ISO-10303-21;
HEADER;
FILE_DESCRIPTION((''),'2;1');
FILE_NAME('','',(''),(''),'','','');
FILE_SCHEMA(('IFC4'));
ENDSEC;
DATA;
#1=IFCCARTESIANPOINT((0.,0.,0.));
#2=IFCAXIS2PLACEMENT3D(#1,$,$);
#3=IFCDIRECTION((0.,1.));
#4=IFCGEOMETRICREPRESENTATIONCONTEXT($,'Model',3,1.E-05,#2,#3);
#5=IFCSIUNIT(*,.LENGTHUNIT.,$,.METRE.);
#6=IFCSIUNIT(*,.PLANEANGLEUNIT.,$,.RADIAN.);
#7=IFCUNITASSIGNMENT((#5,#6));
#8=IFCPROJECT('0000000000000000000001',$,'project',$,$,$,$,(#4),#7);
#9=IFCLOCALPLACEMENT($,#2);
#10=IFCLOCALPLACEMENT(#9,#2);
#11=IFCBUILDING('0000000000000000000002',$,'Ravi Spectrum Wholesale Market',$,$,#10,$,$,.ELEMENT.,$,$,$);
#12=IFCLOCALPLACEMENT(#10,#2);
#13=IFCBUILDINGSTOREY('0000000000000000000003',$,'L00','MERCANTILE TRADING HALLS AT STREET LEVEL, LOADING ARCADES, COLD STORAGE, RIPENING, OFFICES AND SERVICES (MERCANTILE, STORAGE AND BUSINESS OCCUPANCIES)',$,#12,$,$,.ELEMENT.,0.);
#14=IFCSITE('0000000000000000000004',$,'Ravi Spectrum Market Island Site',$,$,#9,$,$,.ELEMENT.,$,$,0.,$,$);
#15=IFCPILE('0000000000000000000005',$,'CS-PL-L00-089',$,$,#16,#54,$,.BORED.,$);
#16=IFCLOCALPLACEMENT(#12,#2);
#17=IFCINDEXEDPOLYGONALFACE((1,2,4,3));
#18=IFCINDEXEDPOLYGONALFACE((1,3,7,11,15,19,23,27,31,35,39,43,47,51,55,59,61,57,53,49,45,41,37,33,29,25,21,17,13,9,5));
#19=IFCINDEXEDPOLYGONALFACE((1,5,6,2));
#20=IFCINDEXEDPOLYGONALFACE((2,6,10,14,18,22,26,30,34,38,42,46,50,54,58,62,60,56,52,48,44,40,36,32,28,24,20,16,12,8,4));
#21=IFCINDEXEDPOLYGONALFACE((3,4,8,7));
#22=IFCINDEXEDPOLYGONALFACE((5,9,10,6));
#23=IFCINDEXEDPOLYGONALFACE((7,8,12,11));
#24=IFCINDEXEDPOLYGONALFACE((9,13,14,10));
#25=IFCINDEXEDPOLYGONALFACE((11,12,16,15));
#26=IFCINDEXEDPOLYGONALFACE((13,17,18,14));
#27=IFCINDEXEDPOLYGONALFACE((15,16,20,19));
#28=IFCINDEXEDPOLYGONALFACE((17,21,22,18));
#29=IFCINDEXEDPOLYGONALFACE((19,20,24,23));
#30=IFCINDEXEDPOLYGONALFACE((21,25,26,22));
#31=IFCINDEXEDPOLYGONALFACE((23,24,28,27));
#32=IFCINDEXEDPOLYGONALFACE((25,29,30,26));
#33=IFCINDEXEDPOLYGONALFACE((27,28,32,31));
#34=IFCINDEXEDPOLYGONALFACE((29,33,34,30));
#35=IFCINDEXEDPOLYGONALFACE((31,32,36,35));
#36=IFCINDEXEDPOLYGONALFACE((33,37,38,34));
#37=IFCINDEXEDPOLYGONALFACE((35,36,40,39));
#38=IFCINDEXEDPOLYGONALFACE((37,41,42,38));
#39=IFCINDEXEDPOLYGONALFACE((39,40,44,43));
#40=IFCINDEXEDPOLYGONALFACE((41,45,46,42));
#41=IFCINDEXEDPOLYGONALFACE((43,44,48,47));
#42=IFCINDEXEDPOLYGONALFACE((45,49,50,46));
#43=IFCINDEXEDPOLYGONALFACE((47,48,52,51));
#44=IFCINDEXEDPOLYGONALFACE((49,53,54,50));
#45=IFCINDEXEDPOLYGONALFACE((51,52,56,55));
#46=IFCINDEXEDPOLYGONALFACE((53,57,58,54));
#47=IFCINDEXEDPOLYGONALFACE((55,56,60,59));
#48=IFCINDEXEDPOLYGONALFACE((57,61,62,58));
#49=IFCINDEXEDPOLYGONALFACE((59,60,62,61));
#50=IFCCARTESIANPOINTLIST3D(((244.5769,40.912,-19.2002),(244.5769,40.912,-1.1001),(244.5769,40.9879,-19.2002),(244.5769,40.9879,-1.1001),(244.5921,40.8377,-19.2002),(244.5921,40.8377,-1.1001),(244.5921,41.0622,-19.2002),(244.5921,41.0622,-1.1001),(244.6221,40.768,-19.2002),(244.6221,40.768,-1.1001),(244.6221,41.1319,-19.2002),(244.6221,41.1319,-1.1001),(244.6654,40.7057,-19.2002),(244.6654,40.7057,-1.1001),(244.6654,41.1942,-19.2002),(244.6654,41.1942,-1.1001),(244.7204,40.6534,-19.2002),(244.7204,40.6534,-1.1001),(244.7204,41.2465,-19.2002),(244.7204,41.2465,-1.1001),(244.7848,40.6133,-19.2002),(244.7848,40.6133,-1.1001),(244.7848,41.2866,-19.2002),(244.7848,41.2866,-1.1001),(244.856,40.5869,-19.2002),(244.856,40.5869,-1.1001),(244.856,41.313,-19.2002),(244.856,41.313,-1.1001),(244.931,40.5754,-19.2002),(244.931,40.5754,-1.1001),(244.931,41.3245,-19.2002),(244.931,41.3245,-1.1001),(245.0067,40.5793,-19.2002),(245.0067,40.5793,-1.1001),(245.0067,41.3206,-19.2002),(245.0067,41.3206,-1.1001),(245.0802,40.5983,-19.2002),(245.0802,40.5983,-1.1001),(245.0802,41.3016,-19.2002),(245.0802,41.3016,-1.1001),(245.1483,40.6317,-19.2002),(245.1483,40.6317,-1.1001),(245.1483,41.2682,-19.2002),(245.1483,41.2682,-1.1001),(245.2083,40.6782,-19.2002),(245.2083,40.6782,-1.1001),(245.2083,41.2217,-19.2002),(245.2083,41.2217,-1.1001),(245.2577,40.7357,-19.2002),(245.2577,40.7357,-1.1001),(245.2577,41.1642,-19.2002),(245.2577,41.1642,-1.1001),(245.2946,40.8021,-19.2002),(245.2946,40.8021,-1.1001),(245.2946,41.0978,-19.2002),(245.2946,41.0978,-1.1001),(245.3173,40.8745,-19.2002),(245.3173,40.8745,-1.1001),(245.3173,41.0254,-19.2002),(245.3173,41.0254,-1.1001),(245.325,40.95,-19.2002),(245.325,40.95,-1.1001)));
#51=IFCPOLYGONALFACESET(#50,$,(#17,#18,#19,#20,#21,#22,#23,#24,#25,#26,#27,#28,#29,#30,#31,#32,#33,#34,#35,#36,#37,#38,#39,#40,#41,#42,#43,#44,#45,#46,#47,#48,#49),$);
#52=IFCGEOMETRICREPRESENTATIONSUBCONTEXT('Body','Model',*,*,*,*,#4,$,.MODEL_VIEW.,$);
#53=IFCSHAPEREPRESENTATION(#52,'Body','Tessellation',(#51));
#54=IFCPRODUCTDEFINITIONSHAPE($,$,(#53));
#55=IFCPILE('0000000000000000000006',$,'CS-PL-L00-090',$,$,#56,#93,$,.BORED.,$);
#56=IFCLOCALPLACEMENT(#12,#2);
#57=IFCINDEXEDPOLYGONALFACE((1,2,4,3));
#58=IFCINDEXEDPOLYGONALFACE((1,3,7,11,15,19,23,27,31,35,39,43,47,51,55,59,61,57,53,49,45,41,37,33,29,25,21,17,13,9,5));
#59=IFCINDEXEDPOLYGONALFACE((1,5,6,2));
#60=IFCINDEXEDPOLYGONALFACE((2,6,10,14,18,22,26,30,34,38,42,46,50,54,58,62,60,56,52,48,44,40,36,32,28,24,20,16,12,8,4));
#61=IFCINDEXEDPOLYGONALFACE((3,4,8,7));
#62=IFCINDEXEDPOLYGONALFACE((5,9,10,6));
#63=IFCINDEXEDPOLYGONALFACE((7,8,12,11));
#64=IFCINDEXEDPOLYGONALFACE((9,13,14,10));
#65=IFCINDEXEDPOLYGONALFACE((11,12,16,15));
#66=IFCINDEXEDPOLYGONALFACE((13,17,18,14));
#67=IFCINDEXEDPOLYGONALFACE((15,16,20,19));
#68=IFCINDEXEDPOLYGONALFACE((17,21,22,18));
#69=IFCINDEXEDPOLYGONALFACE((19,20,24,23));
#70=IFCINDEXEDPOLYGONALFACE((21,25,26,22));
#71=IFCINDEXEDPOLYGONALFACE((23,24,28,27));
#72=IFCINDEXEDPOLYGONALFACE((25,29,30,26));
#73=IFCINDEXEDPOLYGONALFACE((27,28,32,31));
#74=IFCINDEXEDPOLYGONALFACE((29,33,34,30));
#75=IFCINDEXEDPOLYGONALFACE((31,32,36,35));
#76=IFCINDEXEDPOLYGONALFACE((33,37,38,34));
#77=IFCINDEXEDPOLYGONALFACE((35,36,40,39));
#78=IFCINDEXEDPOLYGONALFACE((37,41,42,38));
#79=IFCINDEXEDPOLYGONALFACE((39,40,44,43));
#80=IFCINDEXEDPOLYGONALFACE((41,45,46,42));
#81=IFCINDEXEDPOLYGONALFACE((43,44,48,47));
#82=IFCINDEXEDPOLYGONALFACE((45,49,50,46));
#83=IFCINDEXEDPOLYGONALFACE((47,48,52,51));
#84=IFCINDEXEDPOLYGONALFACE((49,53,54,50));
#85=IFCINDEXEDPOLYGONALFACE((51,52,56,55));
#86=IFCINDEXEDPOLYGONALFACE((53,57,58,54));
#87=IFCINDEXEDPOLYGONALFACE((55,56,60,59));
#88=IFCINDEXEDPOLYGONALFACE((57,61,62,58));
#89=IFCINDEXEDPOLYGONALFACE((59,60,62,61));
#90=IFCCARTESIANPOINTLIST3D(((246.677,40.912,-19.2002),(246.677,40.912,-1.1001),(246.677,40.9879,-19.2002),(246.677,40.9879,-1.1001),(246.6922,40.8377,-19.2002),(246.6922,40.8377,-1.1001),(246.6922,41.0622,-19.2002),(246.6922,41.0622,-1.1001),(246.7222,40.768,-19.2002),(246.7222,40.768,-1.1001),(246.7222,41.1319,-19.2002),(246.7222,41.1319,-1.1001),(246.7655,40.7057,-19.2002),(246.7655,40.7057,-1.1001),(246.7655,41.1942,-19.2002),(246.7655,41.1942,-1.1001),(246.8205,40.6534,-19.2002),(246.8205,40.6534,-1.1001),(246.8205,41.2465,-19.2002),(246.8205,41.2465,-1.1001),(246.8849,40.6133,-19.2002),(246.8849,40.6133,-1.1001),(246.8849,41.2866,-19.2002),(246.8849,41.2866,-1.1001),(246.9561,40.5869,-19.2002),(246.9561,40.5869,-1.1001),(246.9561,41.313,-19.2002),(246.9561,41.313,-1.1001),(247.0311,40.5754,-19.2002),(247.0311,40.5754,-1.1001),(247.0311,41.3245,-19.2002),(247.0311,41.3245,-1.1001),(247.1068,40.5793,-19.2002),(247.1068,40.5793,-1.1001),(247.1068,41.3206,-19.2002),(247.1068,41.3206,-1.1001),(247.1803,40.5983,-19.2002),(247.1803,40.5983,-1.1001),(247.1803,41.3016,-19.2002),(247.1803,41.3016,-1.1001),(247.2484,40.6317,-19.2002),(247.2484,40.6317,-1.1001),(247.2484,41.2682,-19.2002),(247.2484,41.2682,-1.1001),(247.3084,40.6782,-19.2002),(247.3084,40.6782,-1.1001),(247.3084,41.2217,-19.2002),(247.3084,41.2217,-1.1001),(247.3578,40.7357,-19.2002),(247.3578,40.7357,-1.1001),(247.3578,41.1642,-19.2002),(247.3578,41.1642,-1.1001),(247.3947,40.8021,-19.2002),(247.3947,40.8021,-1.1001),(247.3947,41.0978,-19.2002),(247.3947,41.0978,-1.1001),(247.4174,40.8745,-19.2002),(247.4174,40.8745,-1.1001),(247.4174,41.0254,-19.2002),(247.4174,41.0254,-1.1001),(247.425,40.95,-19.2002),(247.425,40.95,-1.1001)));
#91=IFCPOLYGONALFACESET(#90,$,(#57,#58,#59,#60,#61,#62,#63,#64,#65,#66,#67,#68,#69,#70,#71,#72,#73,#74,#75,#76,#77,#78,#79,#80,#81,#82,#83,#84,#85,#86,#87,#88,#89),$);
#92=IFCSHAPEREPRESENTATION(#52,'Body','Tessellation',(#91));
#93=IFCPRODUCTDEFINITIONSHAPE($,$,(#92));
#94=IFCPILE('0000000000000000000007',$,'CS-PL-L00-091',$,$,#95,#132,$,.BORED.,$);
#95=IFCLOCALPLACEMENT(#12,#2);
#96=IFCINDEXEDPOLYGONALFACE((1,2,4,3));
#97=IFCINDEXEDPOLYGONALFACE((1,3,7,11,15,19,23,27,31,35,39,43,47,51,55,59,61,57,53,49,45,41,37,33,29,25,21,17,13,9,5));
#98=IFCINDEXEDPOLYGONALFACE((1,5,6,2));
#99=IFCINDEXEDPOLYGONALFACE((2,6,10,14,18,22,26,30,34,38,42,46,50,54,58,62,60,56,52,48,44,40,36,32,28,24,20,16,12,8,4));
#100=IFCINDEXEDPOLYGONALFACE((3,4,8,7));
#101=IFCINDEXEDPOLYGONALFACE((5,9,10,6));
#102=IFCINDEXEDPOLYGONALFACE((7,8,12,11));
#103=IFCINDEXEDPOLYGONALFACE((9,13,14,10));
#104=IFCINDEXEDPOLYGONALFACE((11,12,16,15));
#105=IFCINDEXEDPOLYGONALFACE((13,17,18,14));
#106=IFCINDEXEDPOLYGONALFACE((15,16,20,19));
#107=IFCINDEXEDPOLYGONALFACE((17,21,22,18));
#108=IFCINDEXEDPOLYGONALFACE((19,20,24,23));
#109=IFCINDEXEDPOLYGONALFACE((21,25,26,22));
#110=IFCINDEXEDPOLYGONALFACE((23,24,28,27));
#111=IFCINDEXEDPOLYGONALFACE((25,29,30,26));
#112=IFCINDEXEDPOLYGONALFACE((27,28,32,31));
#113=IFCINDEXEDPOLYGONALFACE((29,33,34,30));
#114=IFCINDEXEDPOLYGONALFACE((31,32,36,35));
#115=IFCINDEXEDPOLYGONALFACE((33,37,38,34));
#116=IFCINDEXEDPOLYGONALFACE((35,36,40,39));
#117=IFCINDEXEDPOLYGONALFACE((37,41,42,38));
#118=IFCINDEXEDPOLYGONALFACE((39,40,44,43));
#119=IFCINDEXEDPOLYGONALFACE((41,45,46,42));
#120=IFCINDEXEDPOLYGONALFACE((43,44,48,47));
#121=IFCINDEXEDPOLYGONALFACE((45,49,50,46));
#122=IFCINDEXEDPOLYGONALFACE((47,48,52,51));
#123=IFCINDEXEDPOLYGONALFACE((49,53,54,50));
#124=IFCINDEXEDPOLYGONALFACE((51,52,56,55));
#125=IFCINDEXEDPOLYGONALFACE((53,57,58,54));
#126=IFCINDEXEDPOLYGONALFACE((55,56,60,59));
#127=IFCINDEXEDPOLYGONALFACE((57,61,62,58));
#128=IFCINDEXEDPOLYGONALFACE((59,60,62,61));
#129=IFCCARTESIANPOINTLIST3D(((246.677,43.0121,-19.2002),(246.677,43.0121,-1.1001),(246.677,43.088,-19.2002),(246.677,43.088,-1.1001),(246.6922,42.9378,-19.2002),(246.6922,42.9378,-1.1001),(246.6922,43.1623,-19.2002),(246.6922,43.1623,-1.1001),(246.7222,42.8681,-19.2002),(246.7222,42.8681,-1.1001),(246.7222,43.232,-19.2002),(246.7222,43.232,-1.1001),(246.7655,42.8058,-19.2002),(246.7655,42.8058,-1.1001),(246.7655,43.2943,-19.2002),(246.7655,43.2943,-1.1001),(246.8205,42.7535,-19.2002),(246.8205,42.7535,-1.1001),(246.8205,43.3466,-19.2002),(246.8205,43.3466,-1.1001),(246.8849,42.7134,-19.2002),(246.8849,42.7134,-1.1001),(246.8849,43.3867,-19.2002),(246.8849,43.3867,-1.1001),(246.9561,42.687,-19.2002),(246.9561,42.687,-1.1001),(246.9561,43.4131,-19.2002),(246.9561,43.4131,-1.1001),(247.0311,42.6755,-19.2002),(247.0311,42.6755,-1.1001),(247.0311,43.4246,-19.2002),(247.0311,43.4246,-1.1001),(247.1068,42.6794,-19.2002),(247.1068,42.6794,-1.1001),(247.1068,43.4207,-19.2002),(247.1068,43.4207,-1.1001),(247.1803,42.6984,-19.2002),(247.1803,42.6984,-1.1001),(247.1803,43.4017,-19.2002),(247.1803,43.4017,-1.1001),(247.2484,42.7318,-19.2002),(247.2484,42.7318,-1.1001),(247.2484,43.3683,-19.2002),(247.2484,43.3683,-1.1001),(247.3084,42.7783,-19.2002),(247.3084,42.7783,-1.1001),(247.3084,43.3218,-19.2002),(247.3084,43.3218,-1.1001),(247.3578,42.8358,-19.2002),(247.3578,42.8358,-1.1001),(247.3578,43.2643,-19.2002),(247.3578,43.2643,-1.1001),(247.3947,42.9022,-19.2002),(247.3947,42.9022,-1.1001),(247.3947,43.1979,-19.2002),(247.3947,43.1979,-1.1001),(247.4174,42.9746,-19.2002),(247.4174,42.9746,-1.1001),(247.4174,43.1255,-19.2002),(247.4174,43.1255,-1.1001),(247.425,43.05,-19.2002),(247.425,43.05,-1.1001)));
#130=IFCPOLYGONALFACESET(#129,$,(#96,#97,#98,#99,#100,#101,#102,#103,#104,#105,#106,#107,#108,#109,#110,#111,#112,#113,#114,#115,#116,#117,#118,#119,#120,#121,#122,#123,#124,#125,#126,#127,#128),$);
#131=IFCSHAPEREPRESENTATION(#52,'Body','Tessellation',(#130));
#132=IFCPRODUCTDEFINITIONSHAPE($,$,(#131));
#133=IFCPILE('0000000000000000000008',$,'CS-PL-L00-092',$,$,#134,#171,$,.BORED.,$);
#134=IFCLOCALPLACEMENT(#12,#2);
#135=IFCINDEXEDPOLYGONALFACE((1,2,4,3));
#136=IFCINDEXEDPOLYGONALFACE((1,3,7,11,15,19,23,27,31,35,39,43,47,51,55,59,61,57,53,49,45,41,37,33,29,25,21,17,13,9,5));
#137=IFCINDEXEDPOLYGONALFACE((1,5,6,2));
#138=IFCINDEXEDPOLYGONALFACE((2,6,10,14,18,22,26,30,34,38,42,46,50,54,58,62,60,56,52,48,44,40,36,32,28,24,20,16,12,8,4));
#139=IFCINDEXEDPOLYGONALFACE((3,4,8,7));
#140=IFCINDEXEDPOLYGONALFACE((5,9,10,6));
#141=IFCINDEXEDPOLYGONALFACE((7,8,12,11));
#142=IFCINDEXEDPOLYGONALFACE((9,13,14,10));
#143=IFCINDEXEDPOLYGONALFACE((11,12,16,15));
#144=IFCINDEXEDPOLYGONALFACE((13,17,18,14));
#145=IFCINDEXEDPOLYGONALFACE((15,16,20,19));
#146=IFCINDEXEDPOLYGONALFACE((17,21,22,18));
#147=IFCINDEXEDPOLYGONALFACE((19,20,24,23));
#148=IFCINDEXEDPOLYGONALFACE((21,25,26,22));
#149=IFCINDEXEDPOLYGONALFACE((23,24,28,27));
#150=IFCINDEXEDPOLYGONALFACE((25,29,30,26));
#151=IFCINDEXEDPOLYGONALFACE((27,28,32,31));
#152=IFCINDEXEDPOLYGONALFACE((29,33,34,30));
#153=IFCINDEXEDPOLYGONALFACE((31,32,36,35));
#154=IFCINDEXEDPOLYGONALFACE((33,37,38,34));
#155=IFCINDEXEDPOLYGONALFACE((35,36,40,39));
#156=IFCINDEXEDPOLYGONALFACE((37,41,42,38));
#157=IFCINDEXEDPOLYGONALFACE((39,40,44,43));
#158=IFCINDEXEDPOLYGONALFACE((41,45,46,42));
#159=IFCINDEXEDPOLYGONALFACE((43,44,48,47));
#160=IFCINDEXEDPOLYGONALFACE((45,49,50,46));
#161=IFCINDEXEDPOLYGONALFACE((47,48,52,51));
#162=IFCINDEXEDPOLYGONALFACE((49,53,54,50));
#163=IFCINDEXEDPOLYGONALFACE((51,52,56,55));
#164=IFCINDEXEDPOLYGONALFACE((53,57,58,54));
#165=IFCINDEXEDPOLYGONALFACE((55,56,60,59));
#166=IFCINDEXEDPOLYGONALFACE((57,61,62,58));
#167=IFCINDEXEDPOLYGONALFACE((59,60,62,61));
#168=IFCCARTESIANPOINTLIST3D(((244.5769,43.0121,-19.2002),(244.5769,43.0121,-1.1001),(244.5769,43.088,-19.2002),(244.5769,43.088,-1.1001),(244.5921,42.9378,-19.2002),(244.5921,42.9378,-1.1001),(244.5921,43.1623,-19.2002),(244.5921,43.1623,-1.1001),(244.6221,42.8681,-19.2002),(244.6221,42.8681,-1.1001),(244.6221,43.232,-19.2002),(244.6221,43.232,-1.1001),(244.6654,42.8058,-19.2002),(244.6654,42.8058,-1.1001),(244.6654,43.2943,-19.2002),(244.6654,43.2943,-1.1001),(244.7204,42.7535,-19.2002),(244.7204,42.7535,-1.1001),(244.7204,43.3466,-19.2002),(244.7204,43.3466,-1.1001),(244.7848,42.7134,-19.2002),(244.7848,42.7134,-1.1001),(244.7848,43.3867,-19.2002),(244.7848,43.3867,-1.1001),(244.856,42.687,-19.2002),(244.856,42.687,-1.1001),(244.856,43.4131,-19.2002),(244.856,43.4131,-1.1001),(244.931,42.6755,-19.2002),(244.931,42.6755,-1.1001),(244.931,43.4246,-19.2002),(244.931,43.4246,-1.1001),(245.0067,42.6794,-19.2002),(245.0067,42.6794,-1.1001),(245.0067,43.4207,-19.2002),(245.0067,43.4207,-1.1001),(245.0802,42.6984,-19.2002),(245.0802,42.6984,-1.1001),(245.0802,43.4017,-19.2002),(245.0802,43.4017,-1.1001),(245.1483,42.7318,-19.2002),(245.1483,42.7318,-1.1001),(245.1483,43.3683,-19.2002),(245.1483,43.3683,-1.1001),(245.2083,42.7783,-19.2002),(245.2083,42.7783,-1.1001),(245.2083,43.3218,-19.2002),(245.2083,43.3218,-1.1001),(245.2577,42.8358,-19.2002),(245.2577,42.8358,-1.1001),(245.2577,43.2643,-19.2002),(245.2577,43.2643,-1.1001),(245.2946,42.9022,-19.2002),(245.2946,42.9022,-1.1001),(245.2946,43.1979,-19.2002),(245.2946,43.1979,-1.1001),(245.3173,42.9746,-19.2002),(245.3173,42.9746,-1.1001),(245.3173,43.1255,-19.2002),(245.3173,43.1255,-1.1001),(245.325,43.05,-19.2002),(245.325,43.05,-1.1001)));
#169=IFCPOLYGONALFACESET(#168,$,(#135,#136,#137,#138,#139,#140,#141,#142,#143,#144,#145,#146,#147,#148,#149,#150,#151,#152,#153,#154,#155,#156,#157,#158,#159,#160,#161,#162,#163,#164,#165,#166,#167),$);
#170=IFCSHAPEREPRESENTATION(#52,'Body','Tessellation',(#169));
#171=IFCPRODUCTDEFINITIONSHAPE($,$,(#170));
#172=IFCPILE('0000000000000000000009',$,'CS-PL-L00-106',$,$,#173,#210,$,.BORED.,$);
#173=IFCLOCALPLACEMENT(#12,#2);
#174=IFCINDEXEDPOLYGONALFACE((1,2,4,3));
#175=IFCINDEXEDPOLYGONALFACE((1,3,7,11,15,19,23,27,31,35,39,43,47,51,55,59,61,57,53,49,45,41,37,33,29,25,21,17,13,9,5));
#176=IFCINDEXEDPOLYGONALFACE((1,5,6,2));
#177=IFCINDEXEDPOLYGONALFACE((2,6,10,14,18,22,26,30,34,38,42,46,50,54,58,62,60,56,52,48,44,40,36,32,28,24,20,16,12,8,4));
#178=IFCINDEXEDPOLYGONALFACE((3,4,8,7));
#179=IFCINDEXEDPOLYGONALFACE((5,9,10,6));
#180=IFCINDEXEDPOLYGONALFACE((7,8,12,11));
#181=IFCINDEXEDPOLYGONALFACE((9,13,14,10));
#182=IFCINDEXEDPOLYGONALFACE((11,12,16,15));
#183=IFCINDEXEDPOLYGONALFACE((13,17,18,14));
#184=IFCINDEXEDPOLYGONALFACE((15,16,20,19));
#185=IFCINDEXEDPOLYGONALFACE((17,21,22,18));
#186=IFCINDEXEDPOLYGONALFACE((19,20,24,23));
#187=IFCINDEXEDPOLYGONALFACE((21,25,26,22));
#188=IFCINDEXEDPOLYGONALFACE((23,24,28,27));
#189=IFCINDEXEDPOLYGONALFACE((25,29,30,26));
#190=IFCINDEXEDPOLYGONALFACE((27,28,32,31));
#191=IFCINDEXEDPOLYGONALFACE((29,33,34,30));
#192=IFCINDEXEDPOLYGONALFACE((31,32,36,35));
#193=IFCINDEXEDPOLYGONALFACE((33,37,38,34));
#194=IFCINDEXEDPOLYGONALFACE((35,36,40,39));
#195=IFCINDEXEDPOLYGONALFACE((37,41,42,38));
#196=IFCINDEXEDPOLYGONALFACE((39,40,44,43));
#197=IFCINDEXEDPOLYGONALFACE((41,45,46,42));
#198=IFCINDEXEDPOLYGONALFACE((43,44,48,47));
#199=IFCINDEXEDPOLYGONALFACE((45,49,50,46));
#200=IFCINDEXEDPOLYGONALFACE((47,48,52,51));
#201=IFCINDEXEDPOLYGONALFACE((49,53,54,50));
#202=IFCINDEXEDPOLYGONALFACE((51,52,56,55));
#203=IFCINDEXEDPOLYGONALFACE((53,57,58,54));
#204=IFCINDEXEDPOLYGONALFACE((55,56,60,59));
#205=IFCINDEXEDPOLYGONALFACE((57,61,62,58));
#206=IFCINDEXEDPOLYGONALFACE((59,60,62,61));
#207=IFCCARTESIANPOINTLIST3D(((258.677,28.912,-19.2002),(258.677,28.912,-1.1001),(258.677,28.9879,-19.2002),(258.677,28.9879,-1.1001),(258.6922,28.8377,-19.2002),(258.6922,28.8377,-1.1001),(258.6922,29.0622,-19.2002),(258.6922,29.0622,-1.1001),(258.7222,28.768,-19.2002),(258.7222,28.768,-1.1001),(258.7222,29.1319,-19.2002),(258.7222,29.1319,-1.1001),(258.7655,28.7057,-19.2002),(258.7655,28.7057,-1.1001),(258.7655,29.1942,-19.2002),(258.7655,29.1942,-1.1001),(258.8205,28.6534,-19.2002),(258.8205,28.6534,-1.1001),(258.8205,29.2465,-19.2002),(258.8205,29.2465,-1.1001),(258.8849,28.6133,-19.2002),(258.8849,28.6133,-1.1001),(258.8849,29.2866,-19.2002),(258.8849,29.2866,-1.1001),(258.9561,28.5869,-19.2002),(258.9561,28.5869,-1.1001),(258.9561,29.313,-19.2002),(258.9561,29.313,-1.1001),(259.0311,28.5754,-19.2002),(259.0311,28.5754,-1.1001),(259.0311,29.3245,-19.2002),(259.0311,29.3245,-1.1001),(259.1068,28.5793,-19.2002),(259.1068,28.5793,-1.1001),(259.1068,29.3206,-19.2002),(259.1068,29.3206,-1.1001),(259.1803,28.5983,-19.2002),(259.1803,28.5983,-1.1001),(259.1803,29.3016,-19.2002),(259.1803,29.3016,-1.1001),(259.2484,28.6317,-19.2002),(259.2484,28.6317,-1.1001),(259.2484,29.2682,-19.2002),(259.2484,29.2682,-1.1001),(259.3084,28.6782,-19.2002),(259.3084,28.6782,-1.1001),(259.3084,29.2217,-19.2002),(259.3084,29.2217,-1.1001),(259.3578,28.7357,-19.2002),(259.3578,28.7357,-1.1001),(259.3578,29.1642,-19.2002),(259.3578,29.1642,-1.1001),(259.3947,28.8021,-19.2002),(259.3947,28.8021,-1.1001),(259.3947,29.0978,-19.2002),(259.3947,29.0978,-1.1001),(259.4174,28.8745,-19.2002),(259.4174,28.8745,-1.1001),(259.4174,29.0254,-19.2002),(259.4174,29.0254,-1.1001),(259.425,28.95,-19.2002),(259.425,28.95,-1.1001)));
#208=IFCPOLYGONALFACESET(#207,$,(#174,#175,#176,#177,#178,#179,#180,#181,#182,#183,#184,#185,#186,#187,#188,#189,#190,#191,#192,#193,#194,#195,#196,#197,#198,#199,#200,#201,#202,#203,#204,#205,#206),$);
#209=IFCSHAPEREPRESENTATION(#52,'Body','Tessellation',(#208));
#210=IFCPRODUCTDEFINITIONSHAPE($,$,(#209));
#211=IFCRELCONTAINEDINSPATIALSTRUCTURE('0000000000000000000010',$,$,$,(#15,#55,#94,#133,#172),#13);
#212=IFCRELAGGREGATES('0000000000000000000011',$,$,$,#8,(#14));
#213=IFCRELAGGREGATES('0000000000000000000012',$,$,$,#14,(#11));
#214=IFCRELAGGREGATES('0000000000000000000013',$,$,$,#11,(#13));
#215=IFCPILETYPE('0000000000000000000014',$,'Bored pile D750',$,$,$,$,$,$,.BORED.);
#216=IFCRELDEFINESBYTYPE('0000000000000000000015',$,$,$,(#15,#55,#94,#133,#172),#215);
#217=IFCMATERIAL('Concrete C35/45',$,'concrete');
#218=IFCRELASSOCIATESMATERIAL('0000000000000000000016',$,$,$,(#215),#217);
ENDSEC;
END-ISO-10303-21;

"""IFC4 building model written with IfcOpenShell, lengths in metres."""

from ifc_helpers import new_model, si_unit, direction, frame, origin, origin_2d, place, context, subcontext, project, spatial, circle, extrude, material, material_profile, profile_set, type_object, element, save


model = new_model("IFC4")

# Units and contexts
model_context = context("Model", 3, precision=1e-05, world=origin(), true_north=direction((0.0, 1.0)))
body_context = subcontext(model_context, "Body", "Model", "MODEL_VIEW")
ifc_project = project(units=[si_unit("LENGTHUNIT", "METRE"), si_unit("PLANEANGLEUNIT", "RADIAN")], contexts=[model_context])

# Site, building, storey
site_placement = place(None, origin())
site = spatial("IfcSite", under=ifc_project, at=site_placement, Name="Ravi Spectrum Market Island Site", CompositionType="ELEMENT", RefElevation=0.0)
building_placement = place(site_placement, origin())
building = spatial("IfcBuilding", under=site, at=building_placement, Name="Ravi Spectrum Wholesale Market", CompositionType="ELEMENT")
storey_placement = place(building_placement, origin())
storey = spatial("IfcBuildingStorey", under=building, at=storey_placement, Name="L00", Description="MERCANTILE TRADING HALLS AT STREET LEVEL, LOADING ARCADES, COLD STORAGE, RIPENING, OFFICES AND SERVICES (MERCANTILE, STORAGE AND BUSINESS OCCUPANCIES)", CompositionType="ELEMENT", Elevation=0.0)

# Piles
ifc_material_1 = material(Name="Concrete C35/45", Category="concrete")
ifc_material_profile_1 = material_profile(ifc_material_1, circle(Radius=0.375, at=origin_2d()))
ifc_profile_set_1 = profile_set([ifc_material_profile_1], Name="Concrete C35/45")
pile_type = type_object("IfcPileType", Name="Bored pile D750", PredefinedType="BORED", material=ifc_profile_set_1)
for number, where, z_axis, x_axis, name in (
    (1, (244.95, 40.95, -1.1001), (0.0, 0.0, -1.0), (1.0, 0.0, 0.0), "CS-PL-L00-089"),
    (2, (247.05, 40.95, -1.1001), (0.0, 0.0, -1.0), (1.0, 0.0, 0.0), "CS-PL-L00-090"),
    (3, (247.05, 43.05, -1.1001), (0.0, 0.0, -1.0), (1.0, 0.0, 0.0), "CS-PL-L00-091"),
    (4, (244.95, 43.05, -1.1001), (0.0, 0.0, -1.0), (1.0, 0.0, 0.0), "CS-PL-L00-092"),
    (5, (259.05, 28.95, -1.1001), (0.0, 0.0, -1.0), (1.0, 0.0, 0.0), "CS-PL-L00-106"),
):
    element("IfcPile", number, at=place(storey_placement, frame(where, z_axis=z_axis, x_axis=x_axis)), inside=storey, type_object=pile_type, Name=name, PredefinedType="BORED", context=body_context, shape_type="SweptSolid", body=[
        extrude(circle(Radius=0.375, at=origin_2d()), origin(), (0.0, 0.0, 1.0), 18.1001),
    ])

save(model, "model.ifc")
